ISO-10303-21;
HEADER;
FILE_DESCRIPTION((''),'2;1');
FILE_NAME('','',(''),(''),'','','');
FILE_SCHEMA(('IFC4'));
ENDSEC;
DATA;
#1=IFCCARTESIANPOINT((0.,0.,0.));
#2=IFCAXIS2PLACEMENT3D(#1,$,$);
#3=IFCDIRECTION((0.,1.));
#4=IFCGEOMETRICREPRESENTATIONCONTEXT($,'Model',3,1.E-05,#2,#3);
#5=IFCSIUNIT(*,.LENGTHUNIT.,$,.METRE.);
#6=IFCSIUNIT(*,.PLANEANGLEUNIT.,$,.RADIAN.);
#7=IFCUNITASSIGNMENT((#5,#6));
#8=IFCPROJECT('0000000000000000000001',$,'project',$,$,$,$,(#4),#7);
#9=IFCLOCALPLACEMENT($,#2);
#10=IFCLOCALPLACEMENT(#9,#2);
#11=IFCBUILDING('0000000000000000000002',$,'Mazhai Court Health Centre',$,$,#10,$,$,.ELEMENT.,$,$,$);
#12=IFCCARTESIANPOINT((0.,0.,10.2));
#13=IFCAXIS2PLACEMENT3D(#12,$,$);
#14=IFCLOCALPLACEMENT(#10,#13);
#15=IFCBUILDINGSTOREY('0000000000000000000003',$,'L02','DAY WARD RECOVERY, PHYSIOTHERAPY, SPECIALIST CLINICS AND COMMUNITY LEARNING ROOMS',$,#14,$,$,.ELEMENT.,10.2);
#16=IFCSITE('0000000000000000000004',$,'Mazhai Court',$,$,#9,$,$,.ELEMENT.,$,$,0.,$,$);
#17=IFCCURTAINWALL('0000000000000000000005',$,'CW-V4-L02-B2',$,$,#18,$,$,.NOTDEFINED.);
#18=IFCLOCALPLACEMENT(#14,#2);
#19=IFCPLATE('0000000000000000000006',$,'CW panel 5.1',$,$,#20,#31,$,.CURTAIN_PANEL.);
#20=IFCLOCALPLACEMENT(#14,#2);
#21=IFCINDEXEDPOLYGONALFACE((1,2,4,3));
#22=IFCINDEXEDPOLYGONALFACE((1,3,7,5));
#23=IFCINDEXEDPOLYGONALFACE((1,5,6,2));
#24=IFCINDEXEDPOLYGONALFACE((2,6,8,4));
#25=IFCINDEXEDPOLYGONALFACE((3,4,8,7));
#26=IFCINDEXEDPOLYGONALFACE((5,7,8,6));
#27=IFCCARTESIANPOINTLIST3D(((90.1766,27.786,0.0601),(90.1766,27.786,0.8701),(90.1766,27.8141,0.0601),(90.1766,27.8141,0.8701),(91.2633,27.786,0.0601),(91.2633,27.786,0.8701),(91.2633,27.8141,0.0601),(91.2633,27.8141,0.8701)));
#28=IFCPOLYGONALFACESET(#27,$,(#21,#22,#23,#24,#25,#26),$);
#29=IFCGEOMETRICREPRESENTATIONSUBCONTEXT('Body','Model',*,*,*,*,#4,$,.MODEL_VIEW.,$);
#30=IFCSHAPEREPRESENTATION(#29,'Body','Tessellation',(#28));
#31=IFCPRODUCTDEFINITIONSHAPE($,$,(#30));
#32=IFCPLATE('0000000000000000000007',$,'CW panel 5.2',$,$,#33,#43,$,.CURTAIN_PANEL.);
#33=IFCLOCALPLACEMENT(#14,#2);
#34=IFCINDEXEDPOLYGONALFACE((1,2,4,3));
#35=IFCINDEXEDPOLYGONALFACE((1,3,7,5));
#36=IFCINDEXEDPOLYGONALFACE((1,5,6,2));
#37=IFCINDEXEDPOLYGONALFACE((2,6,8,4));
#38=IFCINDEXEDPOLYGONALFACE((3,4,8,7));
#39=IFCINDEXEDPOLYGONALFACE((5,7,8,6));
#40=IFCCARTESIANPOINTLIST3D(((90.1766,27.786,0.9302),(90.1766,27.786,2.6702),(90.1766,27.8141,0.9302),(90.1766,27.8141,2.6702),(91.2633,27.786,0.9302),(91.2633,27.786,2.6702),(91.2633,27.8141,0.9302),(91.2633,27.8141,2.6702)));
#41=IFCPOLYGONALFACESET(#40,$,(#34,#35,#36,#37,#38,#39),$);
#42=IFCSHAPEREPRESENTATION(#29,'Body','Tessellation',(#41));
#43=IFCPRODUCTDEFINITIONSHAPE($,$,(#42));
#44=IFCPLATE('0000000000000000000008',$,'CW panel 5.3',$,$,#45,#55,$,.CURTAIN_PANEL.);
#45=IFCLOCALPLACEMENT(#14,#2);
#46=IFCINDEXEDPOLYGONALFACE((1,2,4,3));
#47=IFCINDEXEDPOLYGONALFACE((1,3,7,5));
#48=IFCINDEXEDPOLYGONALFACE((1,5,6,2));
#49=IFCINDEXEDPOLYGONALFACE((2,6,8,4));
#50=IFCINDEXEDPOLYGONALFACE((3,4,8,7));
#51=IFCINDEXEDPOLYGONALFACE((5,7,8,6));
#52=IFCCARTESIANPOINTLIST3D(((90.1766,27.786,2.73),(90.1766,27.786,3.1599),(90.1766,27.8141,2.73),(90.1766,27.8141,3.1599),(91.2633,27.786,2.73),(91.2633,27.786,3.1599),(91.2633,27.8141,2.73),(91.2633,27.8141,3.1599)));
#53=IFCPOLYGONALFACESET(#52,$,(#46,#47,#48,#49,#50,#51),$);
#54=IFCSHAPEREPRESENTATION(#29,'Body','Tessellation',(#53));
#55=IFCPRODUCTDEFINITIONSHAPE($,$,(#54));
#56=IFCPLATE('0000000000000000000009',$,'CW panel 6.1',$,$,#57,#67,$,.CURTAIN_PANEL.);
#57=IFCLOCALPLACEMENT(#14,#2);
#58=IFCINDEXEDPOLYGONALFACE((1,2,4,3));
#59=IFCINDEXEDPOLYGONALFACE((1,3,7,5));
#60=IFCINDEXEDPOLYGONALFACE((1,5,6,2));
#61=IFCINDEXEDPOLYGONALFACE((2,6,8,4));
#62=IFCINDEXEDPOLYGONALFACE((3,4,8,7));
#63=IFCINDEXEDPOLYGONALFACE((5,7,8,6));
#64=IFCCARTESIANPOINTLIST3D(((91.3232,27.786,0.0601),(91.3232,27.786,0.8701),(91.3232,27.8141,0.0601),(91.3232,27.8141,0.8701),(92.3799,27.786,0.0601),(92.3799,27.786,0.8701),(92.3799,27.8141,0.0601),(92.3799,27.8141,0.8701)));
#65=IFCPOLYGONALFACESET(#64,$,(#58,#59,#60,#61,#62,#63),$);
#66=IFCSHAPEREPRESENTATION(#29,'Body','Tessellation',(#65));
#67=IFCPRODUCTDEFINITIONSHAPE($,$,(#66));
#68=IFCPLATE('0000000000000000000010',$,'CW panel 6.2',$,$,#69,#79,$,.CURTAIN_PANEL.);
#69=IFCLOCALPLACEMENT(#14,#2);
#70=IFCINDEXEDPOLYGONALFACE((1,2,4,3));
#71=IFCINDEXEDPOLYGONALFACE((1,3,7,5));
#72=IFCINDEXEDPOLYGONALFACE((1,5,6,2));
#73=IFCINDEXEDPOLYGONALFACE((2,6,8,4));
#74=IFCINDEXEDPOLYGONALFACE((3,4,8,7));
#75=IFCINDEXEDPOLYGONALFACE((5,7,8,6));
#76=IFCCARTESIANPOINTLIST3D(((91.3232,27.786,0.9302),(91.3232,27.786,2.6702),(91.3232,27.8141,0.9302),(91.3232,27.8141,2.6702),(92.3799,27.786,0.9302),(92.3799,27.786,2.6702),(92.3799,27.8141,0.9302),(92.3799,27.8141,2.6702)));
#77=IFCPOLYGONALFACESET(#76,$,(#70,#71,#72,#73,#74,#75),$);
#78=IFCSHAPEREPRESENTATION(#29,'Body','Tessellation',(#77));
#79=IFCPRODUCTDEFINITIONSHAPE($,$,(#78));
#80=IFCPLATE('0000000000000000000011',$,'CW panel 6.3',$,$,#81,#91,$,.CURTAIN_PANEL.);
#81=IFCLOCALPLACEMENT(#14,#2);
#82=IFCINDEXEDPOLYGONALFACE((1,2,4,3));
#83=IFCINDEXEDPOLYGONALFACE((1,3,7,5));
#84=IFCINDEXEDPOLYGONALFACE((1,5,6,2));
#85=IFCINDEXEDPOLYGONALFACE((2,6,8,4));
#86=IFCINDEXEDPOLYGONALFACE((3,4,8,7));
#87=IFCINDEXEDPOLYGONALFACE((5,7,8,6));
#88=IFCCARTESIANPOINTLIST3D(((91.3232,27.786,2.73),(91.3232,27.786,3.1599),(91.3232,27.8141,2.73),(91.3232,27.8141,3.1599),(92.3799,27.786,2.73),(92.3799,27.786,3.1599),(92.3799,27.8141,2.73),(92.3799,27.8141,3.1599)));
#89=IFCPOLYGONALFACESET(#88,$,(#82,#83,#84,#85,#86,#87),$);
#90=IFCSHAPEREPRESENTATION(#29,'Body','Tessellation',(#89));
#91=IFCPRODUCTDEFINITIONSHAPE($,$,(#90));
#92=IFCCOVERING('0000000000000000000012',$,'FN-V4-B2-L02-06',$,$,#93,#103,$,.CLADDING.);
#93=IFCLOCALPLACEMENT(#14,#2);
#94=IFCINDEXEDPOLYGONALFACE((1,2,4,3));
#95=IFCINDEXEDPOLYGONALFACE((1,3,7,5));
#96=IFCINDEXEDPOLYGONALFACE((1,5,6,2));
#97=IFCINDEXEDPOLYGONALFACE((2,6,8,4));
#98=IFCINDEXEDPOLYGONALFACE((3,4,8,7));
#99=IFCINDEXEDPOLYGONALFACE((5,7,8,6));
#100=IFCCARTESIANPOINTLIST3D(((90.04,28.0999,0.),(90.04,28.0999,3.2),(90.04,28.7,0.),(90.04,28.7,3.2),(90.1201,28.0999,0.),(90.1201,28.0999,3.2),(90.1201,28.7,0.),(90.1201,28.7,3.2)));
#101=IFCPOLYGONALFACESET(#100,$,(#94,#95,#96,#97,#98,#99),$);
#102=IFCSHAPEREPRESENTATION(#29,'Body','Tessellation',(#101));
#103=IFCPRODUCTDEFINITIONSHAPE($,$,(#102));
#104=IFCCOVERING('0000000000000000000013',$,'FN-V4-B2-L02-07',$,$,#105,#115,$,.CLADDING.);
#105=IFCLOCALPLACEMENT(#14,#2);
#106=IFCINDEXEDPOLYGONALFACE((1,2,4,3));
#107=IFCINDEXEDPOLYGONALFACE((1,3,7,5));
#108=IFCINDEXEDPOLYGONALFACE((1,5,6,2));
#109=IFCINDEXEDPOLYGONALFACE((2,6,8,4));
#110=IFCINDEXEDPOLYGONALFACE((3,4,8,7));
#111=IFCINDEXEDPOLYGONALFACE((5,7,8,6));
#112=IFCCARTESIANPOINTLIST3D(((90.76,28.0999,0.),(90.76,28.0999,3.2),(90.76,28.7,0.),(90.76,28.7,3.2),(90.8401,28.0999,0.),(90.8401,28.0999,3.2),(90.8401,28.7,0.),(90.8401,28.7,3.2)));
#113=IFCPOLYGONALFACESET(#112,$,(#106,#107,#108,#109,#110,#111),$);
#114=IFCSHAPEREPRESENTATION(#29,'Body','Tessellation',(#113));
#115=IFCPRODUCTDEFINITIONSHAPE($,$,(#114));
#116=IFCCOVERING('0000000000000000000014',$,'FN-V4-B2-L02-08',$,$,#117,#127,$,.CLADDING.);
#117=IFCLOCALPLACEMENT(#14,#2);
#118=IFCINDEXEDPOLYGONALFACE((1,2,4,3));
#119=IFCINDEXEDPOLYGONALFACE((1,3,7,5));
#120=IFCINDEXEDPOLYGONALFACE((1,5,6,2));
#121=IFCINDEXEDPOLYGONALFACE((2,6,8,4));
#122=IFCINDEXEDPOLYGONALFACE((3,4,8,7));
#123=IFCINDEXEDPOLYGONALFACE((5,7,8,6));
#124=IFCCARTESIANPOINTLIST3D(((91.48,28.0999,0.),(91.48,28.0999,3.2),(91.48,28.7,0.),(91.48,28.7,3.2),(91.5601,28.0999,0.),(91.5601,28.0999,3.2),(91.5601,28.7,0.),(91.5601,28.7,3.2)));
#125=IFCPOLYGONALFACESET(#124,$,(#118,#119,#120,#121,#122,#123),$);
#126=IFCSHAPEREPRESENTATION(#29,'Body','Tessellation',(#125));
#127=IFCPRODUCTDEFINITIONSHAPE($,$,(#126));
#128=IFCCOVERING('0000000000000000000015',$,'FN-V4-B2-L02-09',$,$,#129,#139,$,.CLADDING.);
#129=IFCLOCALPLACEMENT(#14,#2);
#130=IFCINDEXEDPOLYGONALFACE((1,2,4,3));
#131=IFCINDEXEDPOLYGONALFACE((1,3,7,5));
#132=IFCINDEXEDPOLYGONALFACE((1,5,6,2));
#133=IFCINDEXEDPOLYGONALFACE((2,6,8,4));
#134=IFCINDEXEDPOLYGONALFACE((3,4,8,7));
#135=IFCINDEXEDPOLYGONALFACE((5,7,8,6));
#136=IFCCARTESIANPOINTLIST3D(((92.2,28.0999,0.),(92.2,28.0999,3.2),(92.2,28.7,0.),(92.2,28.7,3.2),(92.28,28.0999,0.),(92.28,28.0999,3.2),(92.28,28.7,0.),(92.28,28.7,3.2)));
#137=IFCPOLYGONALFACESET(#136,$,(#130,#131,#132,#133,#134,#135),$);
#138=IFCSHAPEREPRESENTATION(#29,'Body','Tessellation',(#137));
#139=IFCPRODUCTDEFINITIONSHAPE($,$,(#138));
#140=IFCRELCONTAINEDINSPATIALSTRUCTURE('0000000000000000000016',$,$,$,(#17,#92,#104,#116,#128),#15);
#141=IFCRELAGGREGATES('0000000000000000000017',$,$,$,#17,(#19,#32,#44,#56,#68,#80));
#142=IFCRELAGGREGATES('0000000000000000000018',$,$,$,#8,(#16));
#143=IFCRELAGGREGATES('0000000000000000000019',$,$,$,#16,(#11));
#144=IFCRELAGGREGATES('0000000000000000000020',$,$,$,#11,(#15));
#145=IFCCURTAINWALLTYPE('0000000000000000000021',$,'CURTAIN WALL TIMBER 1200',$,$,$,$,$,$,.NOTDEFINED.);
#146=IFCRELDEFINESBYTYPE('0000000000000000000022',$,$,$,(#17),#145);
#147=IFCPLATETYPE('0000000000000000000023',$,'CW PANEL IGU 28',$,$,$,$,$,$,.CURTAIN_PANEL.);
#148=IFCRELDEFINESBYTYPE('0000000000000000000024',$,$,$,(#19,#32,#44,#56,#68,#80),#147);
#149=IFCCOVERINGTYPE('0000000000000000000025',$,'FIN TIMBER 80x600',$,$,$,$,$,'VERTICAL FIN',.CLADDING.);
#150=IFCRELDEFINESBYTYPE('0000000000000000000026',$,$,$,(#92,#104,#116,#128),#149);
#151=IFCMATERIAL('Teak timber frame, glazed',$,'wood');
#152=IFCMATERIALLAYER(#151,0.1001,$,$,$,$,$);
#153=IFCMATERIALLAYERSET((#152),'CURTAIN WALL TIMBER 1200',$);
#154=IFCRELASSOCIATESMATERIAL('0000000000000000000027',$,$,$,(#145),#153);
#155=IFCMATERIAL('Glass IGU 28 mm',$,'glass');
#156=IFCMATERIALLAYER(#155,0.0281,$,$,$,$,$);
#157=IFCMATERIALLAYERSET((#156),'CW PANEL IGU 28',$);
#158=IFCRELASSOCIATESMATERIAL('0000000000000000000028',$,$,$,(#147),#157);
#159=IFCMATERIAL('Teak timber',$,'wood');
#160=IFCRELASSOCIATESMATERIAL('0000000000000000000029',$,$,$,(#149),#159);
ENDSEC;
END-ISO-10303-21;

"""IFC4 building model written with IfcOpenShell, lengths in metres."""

from ifc_helpers import new_model, si_unit, direction, frame, origin, origin_2d, place, context, subcontext, project, spatial, rectangle, extrude, material, layer, layer_set, type_object, element, aggregate, save


model = new_model("IFC4")

# Units and contexts
model_context = context("Model", 3, precision=1e-05, world=origin(), true_north=direction((0.0, 1.0)))
body_context = subcontext(model_context, "Body", "Model", "MODEL_VIEW")
ifc_project = project(units=[si_unit("LENGTHUNIT", "METRE"), si_unit("PLANEANGLEUNIT", "RADIAN")], contexts=[model_context])

# Site, building, storey
site_placement = place(None, origin())
site = spatial("IfcSite", under=ifc_project, at=site_placement, Name="Mazhai Court", CompositionType="ELEMENT", RefElevation=0.0)
building_placement = place(site_placement, origin())
building = spatial("IfcBuilding", under=site, at=building_placement, Name="Mazhai Court Health Centre", CompositionType="ELEMENT")
storey_placement = place(building_placement, frame((0.0, 0.0, 10.2)))
storey = spatial("IfcBuildingStorey", under=building, at=storey_placement, Name="L02", Description="DAY WARD RECOVERY, PHYSIOTHERAPY, SPECIALIST CLINICS AND COMMUNITY LEARNING ROOMS", CompositionType="ELEMENT", Elevation=10.2)

# Curtain wall
ifc_material_1 = material(Name="Teak timber frame, glazed", Category="wood")
ifc_layer_1 = layer(ifc_material_1, 0.1001)
ifc_layer_set_1 = layer_set([ifc_layer_1], Name="CURTAIN WALL TIMBER 1200")
curtain_wall_type = type_object("IfcCurtainWallType", Name="CURTAIN WALL TIMBER 1200", PredefinedType="NOTDEFINED", material=ifc_layer_set_1)
curtain_wall_placement = place(storey_placement, origin())
curtain_wall = element("IfcCurtainWall", 1, at=curtain_wall_placement, inside=storey, type_object=curtain_wall_type, Name="CW-V4-L02-B2", PredefinedType="NOTDEFINED")

# Plates
ifc_material_2 = material(Name="Glass IGU 28 mm", Category="glass")
ifc_layer_2 = layer(ifc_material_2, 0.0281)
ifc_layer_set_2 = layer_set([ifc_layer_2], Name="CW PANEL IGU 28")
plate_type = type_object("IfcPlateType", Name="CW PANEL IGU 28", PredefinedType="CURTAIN_PANEL", material=ifc_layer_set_2)
plate_1_placement = place(storey_placement, frame((90.72, 27.8, 0.0601), z_axis=(0.0, 0.0, 1.0), x_axis=(1.0, 0.0, 0.0)))
plate_1 = element("IfcPlate", 2, at=plate_1_placement, type_object=plate_type, Name="CW panel 5.1", PredefinedType="CURTAIN_PANEL", context=body_context, shape_type="SweptSolid", body=[
    extrude(rectangle(XDim=1.0867, YDim=0.0281, at=origin_2d()), origin(), (0.0, 0.0, 1.0), 0.8101),
])
plate_2_placement = place(storey_placement, frame((90.72, 27.8, 0.9302), z_axis=(0.0, 0.0, 1.0), x_axis=(1.0, 0.0, 0.0)))
plate_2 = element("IfcPlate", 3, at=plate_2_placement, type_object=plate_type, Name="CW panel 5.2", PredefinedType="CURTAIN_PANEL", context=body_context, shape_type="SweptSolid", body=[
    extrude(rectangle(XDim=1.0867, YDim=0.0281, at=origin_2d()), origin(), (0.0, 0.0, 1.0), 1.74),
])
plate_3_placement = place(storey_placement, frame((90.72, 27.8, 2.73), z_axis=(0.0, 0.0, 1.0), x_axis=(1.0, 0.0, 0.0)))
plate_3 = element("IfcPlate", 4, at=plate_3_placement, type_object=plate_type, Name="CW panel 5.3", PredefinedType="CURTAIN_PANEL", context=body_context, shape_type="SweptSolid", body=[
    extrude(rectangle(XDim=1.0867, YDim=0.0281, at=origin_2d()), origin(), (0.0, 0.0, 1.0), 0.4299),
])
plate_4_placement = place(storey_placement, frame((91.8516, 27.8, 0.0601), z_axis=(0.0, 0.0, 1.0), x_axis=(1.0, 0.0, 0.0)))
plate_4 = element("IfcPlate", 5, at=plate_4_placement, type_object=plate_type, Name="CW panel 6.1", PredefinedType="CURTAIN_PANEL", context=body_context, shape_type="SweptSolid", body=[
    extrude(rectangle(XDim=1.0566, YDim=0.0281, at=origin_2d()), origin(), (0.0, 0.0, 1.0), 0.8101),
])
plate_5_placement = place(storey_placement, frame((91.8516, 27.8, 0.9302), z_axis=(0.0, 0.0, 1.0), x_axis=(1.0, 0.0, 0.0)))
plate_5 = element("IfcPlate", 6, at=plate_5_placement, type_object=plate_type, Name="CW panel 6.2", PredefinedType="CURTAIN_PANEL", context=body_context, shape_type="SweptSolid", body=[
    extrude(rectangle(XDim=1.0566, YDim=0.0281, at=origin_2d()), origin(), (0.0, 0.0, 1.0), 1.74),
])
plate_6_placement = place(storey_placement, frame((91.8516, 27.8, 2.73), z_axis=(0.0, 0.0, 1.0), x_axis=(1.0, 0.0, 0.0)))
plate_6 = element("IfcPlate", 7, at=plate_6_placement, type_object=plate_type, Name="CW panel 6.3", PredefinedType="CURTAIN_PANEL", context=body_context, shape_type="SweptSolid", body=[
    extrude(rectangle(XDim=1.0566, YDim=0.0281, at=origin_2d()), origin(), (0.0, 0.0, 1.0), 0.4299),
])
aggregate(curtain_wall, [plate_1, plate_2, plate_3, plate_4, plate_5, plate_6])

# Coverings
ifc_material_3 = material(Name="Teak timber", Category="wood")
covering_type = type_object("IfcCoveringType", Name="FIN TIMBER 80x600", ElementType="VERTICAL FIN", PredefinedType="CLADDING", material=ifc_material_3)
for number, where, z_axis, x_axis, name in (
    (8, (90.0801, 28.3999, 0.0), (0.0, 0.0, 1.0), (1.0, 0.0, 0.0), "FN-V4-B2-L02-06"),
    (9, (90.8, 28.3999, 0.0), (0.0, 0.0, 1.0), (1.0, 0.0, 0.0), "FN-V4-B2-L02-07"),
    (10, (91.52, 28.3999, 0.0), (0.0, 0.0, 1.0), (1.0, 0.0, 0.0), "FN-V4-B2-L02-08"),
    (11, (92.24, 28.3999, 0.0), (0.0, 0.0, 1.0), (1.0, 0.0, 0.0), "FN-V4-B2-L02-09"),
):
    element("IfcCovering", number, at=place(storey_placement, frame(where, z_axis=z_axis, x_axis=x_axis)), inside=storey, type_object=covering_type, Name=name, PredefinedType="CLADDING", context=body_context, shape_type="SweptSolid", body=[
        extrude(rectangle(XDim=0.0801, YDim=0.6001, at=origin_2d()), origin(), (0.0, 0.0, 1.0), 3.2),
    ])

save(model, "model.ifc")
